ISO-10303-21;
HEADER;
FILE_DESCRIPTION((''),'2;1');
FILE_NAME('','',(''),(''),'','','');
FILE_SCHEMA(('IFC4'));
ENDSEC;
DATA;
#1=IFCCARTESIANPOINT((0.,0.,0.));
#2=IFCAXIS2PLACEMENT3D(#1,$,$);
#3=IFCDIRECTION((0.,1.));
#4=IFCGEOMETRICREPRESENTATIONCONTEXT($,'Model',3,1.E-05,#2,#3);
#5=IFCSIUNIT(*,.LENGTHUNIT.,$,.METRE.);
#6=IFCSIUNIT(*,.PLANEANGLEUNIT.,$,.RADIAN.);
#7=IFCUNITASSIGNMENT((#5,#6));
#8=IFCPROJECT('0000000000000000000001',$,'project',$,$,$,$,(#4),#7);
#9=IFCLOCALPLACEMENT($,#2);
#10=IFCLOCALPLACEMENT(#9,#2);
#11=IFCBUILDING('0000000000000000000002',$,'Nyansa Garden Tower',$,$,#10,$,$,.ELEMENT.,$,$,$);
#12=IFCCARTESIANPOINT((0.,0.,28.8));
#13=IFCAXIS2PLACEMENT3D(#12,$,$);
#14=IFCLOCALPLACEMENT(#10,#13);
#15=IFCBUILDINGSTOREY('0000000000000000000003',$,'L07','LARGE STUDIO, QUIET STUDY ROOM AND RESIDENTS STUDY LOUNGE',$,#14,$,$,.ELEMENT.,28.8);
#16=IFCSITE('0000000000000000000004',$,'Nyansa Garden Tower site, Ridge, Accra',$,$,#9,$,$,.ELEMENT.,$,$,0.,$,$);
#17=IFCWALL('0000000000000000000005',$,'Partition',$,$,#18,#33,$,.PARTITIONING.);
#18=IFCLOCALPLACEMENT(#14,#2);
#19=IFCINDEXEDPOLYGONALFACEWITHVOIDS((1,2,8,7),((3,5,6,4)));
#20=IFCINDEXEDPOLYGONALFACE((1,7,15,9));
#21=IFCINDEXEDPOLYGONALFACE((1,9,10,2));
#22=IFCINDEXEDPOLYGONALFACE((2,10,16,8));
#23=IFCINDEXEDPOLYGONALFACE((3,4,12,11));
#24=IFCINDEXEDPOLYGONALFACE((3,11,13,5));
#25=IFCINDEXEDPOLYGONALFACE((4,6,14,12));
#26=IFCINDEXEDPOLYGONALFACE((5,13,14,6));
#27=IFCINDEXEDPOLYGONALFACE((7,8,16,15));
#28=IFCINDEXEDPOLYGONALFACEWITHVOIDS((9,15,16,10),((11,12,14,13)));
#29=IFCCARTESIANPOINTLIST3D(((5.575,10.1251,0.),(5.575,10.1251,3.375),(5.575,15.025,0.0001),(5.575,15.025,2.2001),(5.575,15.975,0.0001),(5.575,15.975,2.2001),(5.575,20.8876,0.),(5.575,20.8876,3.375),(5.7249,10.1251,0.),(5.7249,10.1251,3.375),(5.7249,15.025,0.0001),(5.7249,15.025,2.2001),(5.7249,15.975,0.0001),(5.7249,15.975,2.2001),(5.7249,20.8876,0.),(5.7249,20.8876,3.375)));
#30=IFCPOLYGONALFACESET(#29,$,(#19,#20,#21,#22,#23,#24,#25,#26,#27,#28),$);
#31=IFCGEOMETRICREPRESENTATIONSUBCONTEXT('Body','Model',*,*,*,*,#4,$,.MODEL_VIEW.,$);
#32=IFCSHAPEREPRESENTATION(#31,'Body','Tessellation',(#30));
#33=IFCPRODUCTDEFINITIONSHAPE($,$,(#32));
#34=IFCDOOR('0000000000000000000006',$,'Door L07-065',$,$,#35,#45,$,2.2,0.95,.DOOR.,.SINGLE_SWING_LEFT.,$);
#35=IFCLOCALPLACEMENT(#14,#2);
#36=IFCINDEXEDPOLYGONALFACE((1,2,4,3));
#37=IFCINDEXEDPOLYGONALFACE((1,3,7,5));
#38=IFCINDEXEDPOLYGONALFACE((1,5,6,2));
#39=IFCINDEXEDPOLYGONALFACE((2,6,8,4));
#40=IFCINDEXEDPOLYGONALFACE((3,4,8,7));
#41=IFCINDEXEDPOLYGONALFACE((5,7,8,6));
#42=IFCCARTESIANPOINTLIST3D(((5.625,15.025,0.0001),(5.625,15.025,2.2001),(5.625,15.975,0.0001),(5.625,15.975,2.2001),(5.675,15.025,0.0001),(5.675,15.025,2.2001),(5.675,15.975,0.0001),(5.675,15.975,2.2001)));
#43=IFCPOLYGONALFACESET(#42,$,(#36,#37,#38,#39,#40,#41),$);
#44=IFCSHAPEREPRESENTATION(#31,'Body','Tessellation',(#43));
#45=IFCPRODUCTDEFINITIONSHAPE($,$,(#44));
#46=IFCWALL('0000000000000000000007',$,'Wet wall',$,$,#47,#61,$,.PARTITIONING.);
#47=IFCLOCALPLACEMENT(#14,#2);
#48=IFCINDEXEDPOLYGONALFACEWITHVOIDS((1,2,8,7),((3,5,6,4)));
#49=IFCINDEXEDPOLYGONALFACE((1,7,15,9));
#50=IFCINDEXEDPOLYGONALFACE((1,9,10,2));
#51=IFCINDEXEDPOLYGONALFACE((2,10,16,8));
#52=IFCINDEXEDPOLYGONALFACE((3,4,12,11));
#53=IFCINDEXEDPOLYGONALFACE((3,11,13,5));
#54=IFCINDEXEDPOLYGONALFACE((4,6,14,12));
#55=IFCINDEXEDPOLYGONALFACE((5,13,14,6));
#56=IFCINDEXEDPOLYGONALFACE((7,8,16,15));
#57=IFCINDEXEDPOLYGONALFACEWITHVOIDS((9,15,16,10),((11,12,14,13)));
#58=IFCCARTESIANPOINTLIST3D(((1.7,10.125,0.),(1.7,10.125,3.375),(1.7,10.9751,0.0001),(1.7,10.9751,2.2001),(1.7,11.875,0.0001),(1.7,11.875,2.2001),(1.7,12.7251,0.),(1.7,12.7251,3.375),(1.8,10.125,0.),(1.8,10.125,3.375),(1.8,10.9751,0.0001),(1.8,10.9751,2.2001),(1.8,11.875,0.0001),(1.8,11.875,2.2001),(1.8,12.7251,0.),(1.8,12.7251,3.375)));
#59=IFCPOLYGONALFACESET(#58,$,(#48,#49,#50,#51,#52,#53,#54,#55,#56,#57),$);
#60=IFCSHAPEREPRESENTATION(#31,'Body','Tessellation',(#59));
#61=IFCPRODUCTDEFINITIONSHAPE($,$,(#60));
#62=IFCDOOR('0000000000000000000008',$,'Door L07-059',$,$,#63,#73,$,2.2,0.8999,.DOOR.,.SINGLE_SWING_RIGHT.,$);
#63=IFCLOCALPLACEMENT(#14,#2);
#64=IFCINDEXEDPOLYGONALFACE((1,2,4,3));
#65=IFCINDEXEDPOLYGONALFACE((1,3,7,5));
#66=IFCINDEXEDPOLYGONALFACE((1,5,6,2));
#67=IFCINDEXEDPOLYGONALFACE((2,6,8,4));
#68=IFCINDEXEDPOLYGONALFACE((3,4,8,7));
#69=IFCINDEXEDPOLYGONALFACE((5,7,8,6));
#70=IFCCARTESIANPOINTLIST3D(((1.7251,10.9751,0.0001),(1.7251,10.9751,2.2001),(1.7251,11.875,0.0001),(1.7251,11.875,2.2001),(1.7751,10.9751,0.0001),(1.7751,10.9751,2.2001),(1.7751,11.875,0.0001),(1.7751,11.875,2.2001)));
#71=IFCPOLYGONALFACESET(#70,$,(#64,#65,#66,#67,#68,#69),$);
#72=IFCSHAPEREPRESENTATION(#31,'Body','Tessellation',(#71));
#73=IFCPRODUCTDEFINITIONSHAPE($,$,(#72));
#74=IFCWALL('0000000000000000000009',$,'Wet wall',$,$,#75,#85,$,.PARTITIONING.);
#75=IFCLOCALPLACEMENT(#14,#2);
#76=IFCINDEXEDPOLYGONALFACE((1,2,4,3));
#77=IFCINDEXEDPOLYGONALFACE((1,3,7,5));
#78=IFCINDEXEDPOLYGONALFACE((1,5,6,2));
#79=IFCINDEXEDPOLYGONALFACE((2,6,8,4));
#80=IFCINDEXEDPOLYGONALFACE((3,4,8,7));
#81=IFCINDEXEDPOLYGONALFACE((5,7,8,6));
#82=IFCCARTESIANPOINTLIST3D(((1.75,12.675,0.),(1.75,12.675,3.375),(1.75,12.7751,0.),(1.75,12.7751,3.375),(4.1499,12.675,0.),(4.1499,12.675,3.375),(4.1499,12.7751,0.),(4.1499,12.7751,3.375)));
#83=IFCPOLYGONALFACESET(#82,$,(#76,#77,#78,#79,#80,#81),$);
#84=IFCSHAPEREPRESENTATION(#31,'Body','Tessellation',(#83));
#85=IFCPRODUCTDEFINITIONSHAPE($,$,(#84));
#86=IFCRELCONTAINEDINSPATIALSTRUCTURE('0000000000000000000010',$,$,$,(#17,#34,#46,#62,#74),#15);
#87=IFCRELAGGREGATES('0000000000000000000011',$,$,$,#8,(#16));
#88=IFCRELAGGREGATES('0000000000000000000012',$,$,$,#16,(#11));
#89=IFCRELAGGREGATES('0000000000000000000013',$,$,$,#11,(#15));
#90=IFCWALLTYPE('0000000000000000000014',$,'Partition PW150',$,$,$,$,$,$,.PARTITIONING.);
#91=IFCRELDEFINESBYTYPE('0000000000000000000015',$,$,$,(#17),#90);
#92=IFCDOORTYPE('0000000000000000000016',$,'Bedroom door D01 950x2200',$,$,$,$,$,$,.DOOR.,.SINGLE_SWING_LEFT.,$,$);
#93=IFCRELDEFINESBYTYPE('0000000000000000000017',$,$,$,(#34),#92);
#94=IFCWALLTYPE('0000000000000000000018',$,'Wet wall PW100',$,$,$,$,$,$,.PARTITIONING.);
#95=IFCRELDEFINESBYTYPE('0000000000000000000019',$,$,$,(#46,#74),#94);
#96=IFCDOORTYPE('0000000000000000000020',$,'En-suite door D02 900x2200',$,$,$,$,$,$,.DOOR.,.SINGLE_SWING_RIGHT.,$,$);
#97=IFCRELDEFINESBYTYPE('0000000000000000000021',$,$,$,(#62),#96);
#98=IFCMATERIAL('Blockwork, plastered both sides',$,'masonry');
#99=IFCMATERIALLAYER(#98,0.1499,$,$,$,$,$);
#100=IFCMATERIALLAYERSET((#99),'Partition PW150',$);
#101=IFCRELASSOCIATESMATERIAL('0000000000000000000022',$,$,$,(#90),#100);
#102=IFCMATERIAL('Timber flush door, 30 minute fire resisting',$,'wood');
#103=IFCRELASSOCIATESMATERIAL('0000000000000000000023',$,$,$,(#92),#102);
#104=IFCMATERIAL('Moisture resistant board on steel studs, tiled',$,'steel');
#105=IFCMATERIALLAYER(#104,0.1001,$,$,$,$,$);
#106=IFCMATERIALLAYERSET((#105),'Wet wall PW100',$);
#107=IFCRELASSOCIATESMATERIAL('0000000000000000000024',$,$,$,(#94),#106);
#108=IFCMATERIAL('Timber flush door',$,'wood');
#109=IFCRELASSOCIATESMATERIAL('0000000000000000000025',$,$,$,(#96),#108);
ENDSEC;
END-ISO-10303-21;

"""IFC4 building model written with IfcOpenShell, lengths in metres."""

from ifc_helpers import new_model, si_unit, direction, frame, frame_2d, origin, place, context, subcontext, project, spatial, rectangle, extrude, material, layer, layer_set, type_object, element, fill, save


model = new_model("IFC4")

# Units and contexts
model_context = context("Model", 3, precision=1e-05, world=origin(), true_north=direction((0.0, 1.0)))
body_context = subcontext(model_context, "Body", "Model", "MODEL_VIEW")
ifc_project = project(units=[si_unit("LENGTHUNIT", "METRE"), si_unit("PLANEANGLEUNIT", "RADIAN")], contexts=[model_context])

# Site, building, storey
site_placement = place(None, origin())
site = spatial("IfcSite", under=ifc_project, at=site_placement, Name="Nyansa Garden Tower site, Ridge, Accra", CompositionType="ELEMENT", RefElevation=0.0)
building_placement = place(site_placement, origin())
building = spatial("IfcBuilding", under=site, at=building_placement, Name="Nyansa Garden Tower", CompositionType="ELEMENT")
storey_placement = place(building_placement, frame((0.0, 0.0, 28.8)))
storey = spatial("IfcBuildingStorey", under=building, at=storey_placement, Name="L07", Description="LARGE STUDIO, QUIET STUDY ROOM AND RESIDENTS STUDY LOUNGE", CompositionType="ELEMENT", Elevation=28.8)

# Shared definitions
ifc_material_1 = material(Name="Blockwork, plastered both sides", Category="masonry")
ifc_layer_1 = layer(ifc_material_1, 0.1499)
ifc_layer_set_1 = layer_set([ifc_layer_1], Name="Partition PW150")
wall_type_1 = type_object("IfcWallType", Name="Partition PW150", PredefinedType="PARTITIONING", material=ifc_layer_set_1)

# Walls, openings, doors
wall_1_placement = place(storey_placement, frame((5.6499, 10.125, 0.0), z_axis=(0.0, 0.0, 1.0), x_axis=(0.0, 1.0, 0.0)))
wall_1 = element("IfcWall", 1, at=wall_1_placement, inside=storey, type_object=wall_type_1, Name="Partition", PredefinedType="PARTITIONING", context=body_context, shape_type="SweptSolid", body=[
    extrude(rectangle(XDim=10.7625, YDim=0.1499, at=frame_2d((5.3813, 0.0))), origin(), (0.0, 0.0, 1.0), 3.375),
])
opening_1_placement = place(wall_1_placement, frame((4.8999, 0.0, 0.0)))
opening_1 = element("IfcOpeningElement", 2, at=opening_1_placement, cuts=wall_1, PredefinedType="OPENING", context=body_context, shape_type="SweptSolid", body=[
    extrude(rectangle(XDim=0.95, YDim=2.2, at=frame_2d((0.4751, 1.1001))), frame((0.0, 0.085, 0.0), z_axis=(0.0, -1.0, 0.0), x_axis=(1.0, 0.0, 0.0)), (0.0, 0.0, 1.0), 0.1699),
])
ifc_material_2 = material(Name="Timber flush door, 30 minute fire resisting", Category="wood")
door_type_1 = type_object("IfcDoorType", Name="Bedroom door D01 950x2200", OperationType="SINGLE_SWING_LEFT", PredefinedType="DOOR", material=ifc_material_2)
door_1_placement = place(opening_1_placement, origin())
door_1 = element("IfcDoor", 3, at=door_1_placement, inside=storey, type_object=door_type_1, Name="Door L07-065", OperationType="SINGLE_SWING_LEFT", OverallHeight=2.2, OverallWidth=0.95, PredefinedType="DOOR", context=body_context, shape_type="SweptSolid", body=[
    extrude(rectangle(XDim=0.95, YDim=2.2, at=frame_2d((0.4751, 1.1001))), frame((0.0, 0.0249, 0.0), z_axis=(0.0, -1.0, 0.0), x_axis=(1.0, 0.0, 0.0)), (0.0, 0.0, 1.0), 0.05),
])
fill(opening_1, door_1)
ifc_material_3 = material(Name="Moisture resistant board on steel studs, tiled", Category="steel")
ifc_layer_2 = layer(ifc_material_3, 0.1001)
ifc_layer_set_2 = layer_set([ifc_layer_2], Name="Wet wall PW100")
wall_type_2 = type_object("IfcWallType", Name="Wet wall PW100", PredefinedType="PARTITIONING", material=ifc_layer_set_2)
wall_2_placement = place(storey_placement, frame((1.75, 10.125, 0.0), z_axis=(0.0, 0.0, 1.0), x_axis=(0.0, 1.0, 0.0)))
wall_2 = element("IfcWall", 4, at=wall_2_placement, inside=storey, type_object=wall_type_2, Name="Wet wall", PredefinedType="PARTITIONING", context=body_context, shape_type="SweptSolid", body=[
    extrude(rectangle(XDim=2.6001, YDim=0.1001, at=frame_2d((1.3, 0.0))), origin(), (0.0, 0.0, 1.0), 3.375),
])
opening_2_placement = place(wall_2_placement, frame((0.8501, 0.0, 0.0)))
opening_2 = element("IfcOpeningElement", 5, at=opening_2_placement, cuts=wall_2, PredefinedType="OPENING", context=body_context, shape_type="SweptSolid", body=[
    extrude(rectangle(XDim=0.8999, YDim=2.2, at=frame_2d((0.45, 1.1001))), frame((0.0, 0.0601, 0.0), z_axis=(0.0, -1.0, 0.0), x_axis=(1.0, 0.0, 0.0)), (0.0, 0.0, 1.0), 0.1201),
])
ifc_material_4 = material(Name="Timber flush door", Category="wood")
door_type_2 = type_object("IfcDoorType", Name="En-suite door D02 900x2200", OperationType="SINGLE_SWING_RIGHT", PredefinedType="DOOR", material=ifc_material_4)
door_2_placement = place(opening_2_placement, origin())
door_2 = element("IfcDoor", 6, at=door_2_placement, inside=storey, type_object=door_type_2, Name="Door L07-059", OperationType="SINGLE_SWING_RIGHT", OverallHeight=2.2, OverallWidth=0.8999, PredefinedType="DOOR", context=body_context, shape_type="SweptSolid", body=[
    extrude(rectangle(XDim=0.8999, YDim=2.2, at=frame_2d((0.45, 1.1001))), frame((0.0, 0.0249, 0.0), z_axis=(0.0, -1.0, 0.0), x_axis=(1.0, 0.0, 0.0)), (0.0, 0.0, 1.0), 0.05),
])
fill(opening_2, door_2)

# Wall
wall_3_placement = place(storey_placement, frame((1.75, 12.7251, 0.0), z_axis=(0.0, 0.0, 1.0), x_axis=(1.0, 0.0, 0.0)))
element("IfcWall", 7, at=wall_3_placement, inside=storey, type_object=wall_type_2, Name="Wet wall", PredefinedType="PARTITIONING", context=body_context, shape_type="SweptSolid", body=[
    extrude(rectangle(XDim=2.3999, YDim=0.1001, at=frame_2d((1.2, 0.0))), origin(), (0.0, 0.0, 1.0), 3.375),
])

save(model, "model.ifc")
